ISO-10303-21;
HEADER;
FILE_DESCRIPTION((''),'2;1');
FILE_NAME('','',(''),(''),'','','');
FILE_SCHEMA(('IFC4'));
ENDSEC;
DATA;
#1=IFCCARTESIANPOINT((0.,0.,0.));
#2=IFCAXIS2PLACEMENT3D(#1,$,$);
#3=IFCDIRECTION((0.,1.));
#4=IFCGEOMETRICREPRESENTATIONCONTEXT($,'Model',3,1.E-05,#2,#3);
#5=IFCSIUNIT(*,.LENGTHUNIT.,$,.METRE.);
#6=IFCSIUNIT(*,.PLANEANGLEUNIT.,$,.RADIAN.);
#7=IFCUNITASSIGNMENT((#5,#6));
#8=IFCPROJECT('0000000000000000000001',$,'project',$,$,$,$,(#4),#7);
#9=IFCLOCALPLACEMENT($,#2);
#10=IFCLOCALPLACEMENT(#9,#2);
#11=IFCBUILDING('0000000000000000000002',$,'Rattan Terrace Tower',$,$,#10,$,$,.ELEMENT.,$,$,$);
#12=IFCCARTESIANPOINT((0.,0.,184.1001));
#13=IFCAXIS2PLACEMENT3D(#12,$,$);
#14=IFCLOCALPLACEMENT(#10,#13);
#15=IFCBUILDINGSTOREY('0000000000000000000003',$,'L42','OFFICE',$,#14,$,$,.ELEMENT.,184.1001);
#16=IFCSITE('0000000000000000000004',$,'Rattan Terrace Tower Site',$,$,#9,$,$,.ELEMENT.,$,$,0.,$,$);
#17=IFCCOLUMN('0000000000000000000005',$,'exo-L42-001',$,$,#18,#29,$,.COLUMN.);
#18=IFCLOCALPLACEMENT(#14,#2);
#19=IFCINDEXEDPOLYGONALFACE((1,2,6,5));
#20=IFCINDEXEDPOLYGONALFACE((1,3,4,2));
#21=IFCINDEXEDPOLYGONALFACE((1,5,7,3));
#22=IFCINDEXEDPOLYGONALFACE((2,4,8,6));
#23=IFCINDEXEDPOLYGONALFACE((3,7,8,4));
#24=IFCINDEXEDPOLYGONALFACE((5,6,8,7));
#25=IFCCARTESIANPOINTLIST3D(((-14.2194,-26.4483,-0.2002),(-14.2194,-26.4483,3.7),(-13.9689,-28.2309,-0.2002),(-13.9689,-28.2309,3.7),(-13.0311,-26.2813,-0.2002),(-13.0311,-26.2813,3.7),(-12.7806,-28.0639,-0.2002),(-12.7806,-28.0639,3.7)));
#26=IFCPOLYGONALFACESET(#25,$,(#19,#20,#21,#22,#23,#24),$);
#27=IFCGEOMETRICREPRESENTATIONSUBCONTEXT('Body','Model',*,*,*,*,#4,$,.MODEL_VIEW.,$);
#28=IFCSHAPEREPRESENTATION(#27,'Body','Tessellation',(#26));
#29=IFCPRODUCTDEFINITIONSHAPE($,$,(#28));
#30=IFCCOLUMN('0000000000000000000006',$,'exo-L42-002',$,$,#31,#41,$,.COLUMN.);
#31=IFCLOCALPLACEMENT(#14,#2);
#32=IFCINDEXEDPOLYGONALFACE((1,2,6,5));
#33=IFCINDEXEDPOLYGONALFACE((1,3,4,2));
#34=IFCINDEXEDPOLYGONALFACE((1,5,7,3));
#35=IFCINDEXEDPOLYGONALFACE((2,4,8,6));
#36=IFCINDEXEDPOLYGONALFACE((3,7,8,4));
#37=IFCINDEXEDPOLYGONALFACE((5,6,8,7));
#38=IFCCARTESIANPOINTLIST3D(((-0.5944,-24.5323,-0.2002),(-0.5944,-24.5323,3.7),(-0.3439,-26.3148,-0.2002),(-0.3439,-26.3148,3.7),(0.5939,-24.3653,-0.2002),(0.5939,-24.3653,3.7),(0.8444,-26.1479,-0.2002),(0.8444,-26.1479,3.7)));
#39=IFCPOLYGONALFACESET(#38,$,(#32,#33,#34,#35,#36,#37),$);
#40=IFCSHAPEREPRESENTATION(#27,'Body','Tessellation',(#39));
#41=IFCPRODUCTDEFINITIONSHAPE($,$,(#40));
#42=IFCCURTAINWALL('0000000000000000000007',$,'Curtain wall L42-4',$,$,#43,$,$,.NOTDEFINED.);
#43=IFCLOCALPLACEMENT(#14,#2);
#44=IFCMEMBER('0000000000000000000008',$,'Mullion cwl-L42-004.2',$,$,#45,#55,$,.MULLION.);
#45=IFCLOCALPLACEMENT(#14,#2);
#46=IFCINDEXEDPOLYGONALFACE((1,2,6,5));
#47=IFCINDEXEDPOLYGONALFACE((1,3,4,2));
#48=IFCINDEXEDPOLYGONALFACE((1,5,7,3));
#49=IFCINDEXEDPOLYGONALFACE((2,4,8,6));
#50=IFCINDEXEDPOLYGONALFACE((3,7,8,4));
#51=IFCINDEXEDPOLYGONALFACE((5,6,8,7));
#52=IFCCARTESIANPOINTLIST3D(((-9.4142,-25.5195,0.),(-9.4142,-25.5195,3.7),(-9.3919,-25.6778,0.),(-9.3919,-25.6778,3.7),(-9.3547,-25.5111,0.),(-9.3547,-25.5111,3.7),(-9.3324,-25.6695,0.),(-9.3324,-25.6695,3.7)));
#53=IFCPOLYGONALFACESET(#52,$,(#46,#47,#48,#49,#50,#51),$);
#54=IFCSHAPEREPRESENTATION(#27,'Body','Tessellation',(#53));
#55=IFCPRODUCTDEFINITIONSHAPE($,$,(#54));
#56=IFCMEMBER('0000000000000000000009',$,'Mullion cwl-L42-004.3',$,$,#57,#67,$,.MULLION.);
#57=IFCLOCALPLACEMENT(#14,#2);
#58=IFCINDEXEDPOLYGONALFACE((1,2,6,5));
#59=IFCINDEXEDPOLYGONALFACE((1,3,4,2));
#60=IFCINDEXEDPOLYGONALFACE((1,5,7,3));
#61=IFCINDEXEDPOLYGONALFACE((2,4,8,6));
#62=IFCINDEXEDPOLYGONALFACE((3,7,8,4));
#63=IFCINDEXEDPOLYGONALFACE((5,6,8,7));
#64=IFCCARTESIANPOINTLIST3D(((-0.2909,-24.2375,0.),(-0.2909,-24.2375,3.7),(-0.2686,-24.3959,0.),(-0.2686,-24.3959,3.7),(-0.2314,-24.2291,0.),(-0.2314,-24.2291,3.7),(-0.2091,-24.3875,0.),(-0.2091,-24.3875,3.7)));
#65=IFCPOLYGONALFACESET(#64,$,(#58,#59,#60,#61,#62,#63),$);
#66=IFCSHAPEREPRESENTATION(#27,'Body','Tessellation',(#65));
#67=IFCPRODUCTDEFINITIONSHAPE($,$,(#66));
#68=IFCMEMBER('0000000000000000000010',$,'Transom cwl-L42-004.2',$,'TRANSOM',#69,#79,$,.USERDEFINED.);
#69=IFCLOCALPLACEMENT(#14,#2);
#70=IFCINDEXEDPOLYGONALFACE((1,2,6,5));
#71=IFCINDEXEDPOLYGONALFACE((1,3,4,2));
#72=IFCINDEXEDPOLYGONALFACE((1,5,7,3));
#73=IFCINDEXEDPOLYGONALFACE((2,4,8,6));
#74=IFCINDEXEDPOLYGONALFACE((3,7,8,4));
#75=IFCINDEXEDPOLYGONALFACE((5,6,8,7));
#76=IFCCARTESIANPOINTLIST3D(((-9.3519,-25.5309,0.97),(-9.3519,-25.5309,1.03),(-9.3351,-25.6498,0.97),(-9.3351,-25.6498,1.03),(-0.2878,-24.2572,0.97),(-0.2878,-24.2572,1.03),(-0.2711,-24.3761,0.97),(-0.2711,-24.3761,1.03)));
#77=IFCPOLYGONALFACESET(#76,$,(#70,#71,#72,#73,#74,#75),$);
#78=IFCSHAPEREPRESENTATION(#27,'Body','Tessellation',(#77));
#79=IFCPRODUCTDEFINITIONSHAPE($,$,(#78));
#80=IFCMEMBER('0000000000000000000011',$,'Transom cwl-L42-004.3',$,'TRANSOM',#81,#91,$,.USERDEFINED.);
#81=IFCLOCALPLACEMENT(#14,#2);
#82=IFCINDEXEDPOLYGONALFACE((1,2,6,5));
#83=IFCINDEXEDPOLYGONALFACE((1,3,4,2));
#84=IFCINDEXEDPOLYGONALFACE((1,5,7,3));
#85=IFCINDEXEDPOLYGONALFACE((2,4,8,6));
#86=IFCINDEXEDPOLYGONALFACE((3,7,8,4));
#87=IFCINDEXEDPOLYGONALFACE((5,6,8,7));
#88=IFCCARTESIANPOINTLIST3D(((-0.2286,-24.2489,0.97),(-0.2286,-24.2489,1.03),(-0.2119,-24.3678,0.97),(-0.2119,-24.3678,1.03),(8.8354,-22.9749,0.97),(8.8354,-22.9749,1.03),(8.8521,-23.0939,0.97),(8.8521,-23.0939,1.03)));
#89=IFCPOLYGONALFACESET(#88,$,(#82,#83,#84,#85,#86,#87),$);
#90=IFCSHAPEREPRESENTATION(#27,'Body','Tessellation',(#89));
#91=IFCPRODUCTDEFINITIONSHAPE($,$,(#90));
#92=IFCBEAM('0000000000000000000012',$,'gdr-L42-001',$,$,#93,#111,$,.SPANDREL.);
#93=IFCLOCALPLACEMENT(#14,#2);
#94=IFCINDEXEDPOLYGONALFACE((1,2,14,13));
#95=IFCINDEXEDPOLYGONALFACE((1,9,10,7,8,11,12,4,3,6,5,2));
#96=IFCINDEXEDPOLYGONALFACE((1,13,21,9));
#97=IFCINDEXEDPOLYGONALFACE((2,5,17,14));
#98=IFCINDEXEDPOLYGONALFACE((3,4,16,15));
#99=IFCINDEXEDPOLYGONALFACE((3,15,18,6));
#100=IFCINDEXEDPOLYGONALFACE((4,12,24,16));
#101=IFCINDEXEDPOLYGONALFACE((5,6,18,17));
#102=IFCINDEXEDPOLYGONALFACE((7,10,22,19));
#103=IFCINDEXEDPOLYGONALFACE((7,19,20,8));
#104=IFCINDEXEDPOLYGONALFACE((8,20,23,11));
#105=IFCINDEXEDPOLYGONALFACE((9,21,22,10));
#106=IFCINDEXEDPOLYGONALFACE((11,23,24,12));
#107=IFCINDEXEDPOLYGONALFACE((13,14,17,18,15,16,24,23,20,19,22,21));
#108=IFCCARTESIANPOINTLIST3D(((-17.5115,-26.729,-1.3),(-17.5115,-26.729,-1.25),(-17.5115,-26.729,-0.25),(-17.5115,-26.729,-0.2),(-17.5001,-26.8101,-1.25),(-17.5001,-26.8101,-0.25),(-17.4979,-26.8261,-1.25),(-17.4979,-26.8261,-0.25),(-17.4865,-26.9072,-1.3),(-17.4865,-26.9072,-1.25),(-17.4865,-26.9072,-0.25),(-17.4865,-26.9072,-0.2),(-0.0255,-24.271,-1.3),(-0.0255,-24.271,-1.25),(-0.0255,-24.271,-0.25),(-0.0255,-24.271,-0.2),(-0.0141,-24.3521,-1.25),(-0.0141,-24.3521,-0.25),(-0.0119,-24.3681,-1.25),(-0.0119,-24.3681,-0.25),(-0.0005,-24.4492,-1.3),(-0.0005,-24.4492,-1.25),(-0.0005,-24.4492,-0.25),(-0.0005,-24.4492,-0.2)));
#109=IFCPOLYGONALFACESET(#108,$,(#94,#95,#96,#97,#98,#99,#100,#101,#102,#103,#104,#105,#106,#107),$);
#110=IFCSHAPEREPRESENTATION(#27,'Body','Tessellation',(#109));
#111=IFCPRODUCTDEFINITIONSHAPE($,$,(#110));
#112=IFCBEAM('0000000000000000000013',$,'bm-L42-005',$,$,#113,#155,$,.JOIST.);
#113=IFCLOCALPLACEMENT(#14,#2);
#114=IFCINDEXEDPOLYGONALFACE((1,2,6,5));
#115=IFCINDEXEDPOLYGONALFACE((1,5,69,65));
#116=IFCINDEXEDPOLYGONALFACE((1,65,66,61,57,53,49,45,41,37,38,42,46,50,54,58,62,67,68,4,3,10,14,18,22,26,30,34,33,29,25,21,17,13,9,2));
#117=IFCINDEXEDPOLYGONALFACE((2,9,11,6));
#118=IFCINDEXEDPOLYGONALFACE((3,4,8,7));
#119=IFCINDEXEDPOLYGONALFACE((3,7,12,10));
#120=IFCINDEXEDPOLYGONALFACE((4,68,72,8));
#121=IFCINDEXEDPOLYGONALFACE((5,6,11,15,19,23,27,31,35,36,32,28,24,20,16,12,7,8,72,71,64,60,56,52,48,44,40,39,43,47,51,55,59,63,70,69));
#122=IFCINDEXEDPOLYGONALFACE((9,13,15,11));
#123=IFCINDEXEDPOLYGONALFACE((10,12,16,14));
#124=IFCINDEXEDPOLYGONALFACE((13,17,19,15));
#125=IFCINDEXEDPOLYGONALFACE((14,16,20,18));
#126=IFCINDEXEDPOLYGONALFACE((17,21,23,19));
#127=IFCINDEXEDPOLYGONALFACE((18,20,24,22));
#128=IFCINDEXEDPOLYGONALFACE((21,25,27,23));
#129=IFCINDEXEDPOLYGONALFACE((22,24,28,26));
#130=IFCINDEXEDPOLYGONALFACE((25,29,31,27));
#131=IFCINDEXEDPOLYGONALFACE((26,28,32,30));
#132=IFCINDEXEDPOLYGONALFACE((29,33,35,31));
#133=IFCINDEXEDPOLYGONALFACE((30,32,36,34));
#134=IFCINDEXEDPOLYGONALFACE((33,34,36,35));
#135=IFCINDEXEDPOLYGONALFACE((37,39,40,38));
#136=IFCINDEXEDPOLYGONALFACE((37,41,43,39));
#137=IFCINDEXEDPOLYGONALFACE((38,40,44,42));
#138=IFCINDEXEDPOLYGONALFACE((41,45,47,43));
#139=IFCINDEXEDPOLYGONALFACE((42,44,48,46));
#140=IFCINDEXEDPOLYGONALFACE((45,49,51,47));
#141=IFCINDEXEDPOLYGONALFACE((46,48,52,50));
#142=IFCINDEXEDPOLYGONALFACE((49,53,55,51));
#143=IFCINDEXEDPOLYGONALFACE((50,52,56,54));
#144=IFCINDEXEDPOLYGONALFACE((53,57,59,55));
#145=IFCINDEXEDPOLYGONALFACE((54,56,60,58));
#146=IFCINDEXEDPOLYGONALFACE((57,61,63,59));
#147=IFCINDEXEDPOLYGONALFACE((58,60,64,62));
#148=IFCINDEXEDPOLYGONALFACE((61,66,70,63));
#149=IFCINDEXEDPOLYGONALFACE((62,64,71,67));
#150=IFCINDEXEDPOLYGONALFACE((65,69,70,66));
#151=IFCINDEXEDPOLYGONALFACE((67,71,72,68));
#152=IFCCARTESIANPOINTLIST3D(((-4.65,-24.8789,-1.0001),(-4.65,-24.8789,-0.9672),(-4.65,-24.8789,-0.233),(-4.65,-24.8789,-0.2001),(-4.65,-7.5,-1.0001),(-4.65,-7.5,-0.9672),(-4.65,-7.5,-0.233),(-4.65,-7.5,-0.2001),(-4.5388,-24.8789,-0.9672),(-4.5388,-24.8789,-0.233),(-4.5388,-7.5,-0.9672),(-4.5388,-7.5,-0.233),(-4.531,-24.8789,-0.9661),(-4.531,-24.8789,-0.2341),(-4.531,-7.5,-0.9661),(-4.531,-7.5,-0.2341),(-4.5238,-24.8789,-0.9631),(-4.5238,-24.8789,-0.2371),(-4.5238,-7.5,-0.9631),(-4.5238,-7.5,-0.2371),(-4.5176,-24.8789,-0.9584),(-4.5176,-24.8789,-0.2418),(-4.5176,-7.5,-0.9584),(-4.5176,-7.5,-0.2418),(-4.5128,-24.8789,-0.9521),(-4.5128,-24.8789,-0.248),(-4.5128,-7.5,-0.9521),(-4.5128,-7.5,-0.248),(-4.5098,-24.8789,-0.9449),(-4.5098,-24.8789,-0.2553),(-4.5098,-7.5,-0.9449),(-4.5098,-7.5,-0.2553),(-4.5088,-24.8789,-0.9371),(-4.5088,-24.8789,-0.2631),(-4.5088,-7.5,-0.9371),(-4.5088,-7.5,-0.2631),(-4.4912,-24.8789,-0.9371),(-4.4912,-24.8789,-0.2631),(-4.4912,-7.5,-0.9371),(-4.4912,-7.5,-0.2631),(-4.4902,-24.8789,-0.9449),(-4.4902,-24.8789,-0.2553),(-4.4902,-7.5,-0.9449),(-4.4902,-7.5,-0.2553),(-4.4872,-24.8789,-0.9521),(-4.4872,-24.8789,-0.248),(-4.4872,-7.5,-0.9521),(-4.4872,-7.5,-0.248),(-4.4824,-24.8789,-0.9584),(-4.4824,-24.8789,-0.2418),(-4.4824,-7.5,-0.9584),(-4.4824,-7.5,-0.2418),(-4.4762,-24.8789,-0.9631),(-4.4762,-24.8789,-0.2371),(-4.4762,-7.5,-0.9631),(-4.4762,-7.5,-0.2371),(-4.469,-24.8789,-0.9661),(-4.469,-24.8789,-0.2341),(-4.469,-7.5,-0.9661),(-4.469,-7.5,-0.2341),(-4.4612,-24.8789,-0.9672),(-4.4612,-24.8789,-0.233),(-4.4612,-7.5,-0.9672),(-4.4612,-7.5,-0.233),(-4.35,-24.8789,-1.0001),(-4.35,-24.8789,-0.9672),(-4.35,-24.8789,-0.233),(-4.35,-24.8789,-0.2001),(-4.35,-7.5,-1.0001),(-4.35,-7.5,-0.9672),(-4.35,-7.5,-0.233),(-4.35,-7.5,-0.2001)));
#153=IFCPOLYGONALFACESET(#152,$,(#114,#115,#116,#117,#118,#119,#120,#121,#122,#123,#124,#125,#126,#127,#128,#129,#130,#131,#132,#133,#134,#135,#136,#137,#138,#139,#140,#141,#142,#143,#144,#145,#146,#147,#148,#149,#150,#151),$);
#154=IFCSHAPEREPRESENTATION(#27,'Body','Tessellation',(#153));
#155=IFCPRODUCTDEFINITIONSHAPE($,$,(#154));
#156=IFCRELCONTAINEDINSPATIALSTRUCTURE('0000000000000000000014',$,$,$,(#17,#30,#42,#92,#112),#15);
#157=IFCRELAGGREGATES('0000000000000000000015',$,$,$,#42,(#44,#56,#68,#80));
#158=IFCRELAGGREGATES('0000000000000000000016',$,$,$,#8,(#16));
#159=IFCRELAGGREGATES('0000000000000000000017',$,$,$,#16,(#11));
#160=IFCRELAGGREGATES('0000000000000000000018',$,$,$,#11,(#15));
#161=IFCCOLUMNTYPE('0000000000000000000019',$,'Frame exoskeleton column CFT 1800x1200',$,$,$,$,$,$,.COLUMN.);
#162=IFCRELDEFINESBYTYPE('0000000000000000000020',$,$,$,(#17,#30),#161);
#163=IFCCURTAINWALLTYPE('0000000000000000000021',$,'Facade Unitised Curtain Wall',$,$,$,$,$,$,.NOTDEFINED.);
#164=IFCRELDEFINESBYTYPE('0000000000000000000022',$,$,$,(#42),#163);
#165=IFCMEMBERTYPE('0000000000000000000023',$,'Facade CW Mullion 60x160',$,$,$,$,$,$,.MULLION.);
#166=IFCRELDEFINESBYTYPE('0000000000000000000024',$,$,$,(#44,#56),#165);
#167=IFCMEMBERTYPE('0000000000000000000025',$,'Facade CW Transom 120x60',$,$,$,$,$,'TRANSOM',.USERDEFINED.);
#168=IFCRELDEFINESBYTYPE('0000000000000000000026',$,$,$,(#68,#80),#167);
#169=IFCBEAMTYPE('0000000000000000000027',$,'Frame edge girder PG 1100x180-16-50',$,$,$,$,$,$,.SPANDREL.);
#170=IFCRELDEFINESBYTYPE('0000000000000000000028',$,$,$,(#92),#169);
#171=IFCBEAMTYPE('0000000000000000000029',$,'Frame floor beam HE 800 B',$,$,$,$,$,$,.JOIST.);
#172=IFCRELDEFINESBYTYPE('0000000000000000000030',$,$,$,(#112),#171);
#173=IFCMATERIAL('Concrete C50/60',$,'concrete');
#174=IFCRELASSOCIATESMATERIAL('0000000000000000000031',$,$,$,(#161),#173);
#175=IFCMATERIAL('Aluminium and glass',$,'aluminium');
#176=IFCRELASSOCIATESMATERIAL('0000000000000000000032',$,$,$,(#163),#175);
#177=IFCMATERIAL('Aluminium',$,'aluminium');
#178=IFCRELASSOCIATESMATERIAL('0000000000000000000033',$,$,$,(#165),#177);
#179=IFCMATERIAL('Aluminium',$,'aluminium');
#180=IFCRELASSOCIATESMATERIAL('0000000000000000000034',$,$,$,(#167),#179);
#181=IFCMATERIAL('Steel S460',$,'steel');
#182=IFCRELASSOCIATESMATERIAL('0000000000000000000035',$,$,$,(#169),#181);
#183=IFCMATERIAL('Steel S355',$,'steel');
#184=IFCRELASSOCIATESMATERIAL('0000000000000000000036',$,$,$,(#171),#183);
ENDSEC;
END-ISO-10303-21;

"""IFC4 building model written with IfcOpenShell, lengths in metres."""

from ifc_helpers import new_model, si_unit, direction, frame, origin, origin_2d, place, context, subcontext, project, spatial, rectangle, i_section, extrude, material, material_profile, profile_set, type_object, element, aggregate, save


model = new_model("IFC4")

# Units and contexts
model_context = context("Model", 3, precision=1e-05, world=origin(), true_north=direction((0.0, 1.0)))
body_context = subcontext(model_context, "Body", "Model", "MODEL_VIEW")
ifc_project = project(units=[si_unit("LENGTHUNIT", "METRE"), si_unit("PLANEANGLEUNIT", "RADIAN")], contexts=[model_context])

# Site, building, storey
site_placement = place(None, origin())
site = spatial("IfcSite", under=ifc_project, at=site_placement, Name="Rattan Terrace Tower Site", CompositionType="ELEMENT", RefElevation=0.0)
building_placement = place(site_placement, origin())
building = spatial("IfcBuilding", under=site, at=building_placement, Name="Rattan Terrace Tower", CompositionType="ELEMENT")
storey_placement = place(building_placement, frame((0.0, 0.0, 184.1001)))
storey = spatial("IfcBuildingStorey", under=building, at=storey_placement, Name="L42", Description="OFFICE", CompositionType="ELEMENT", Elevation=184.1001)

# Columns
ifc_material_1 = material(Name="Concrete C50/60", Category="concrete")
ifc_material_profile_1 = material_profile(ifc_material_1, rectangle(XDim=1.2, YDim=1.8, at=origin_2d()), Name="CFT 1800x1200")
ifc_profile_set_1 = profile_set([ifc_material_profile_1], Name="Concrete C50/60")
column_type = type_object("IfcColumnType", Name="Frame exoskeleton column CFT 1800x1200", PredefinedType="COLUMN", material=ifc_profile_set_1)
for number, where, z_axis, x_axis, name in (
    (1, (-13.5, -27.2561, -0.2002), (0.0, 0.0, 1.0), (0.99027, 0.139156, 0.0), "exo-L42-001"),
    (2, (0.125, -25.3401, -0.2002), (0.0, 0.0, 1.0), (0.99027, 0.139156, 0.0), "exo-L42-002"),
):
    element("IfcColumn", number, at=place(storey_placement, frame(where, z_axis=z_axis, x_axis=x_axis)), inside=storey, type_object=column_type, Name=name, PredefinedType="COLUMN", context=body_context, shape_type="SweptSolid", body=[
        extrude(rectangle(XDim=1.2, YDim=1.8, at=origin_2d()), origin(), (0.0, 0.0, 1.0), 3.9001),
    ])

# Curtain wall, members
ifc_material_2 = material(Name="Aluminium and glass", Category="aluminium")
curtain_wall_type = type_object("IfcCurtainWallType", Name="Facade Unitised Curtain Wall", PredefinedType="NOTDEFINED", material=ifc_material_2)
curtain_wall_placement = place(storey_placement, origin())
curtain_wall = element("IfcCurtainWall", 3, at=curtain_wall_placement, inside=storey, type_object=curtain_wall_type, Name="Curtain wall L42-4", PredefinedType="NOTDEFINED")
ifc_material_3 = material(Name="Aluminium", Category="aluminium")
ifc_material_profile_2 = material_profile(ifc_material_3, rectangle(XDim=0.0601, YDim=0.1599, at=origin_2d()), Name="Aluminium 60x160")
ifc_profile_set_2 = profile_set([ifc_material_profile_2], Name="Aluminium")
member_type_1 = type_object("IfcMemberType", Name="Facade CW Mullion 60x160", PredefinedType="MULLION", material=ifc_profile_set_2)
member_1_placement = place(storey_placement, frame((-9.3733, -25.5945, 0.0), z_axis=(0.0, 0.0, 1.0), x_axis=(0.99027, 0.139161, 0.0)))
member_1 = element("IfcMember", 4, at=member_1_placement, type_object=member_type_1, Name="Mullion cwl-L42-004.2", PredefinedType="MULLION", context=body_context, shape_type="SweptSolid", body=[
    extrude(rectangle(XDim=0.0601, YDim=0.1599, at=origin_2d()), origin(), (0.0, 0.0, 1.0), 3.7),
])
member_2_placement = place(storey_placement, frame((-0.25, -24.3125, 0.0), z_axis=(0.0, 0.0, 1.0), x_axis=(0.99027, 0.139161, 0.0)))
member_2 = element("IfcMember", 5, at=member_2_placement, type_object=member_type_1, Name="Mullion cwl-L42-004.3", PredefinedType="MULLION", context=body_context, shape_type="SweptSolid", body=[
    extrude(rectangle(XDim=0.0601, YDim=0.1599, at=origin_2d()), origin(), (0.0, 0.0, 1.0), 3.7),
])
ifc_material_4 = material(Name="Aluminium", Category="aluminium")
ifc_material_profile_3 = material_profile(ifc_material_4, rectangle(XDim=0.1201, YDim=0.0601, at=origin_2d()), Name="Aluminium 120x60")
ifc_profile_set_3 = profile_set([ifc_material_profile_3], Name="Aluminium")
member_type_2 = type_object("IfcMemberType", Name="Facade CW Transom 120x60", ElementType="TRANSOM", PredefinedType="USERDEFINED", material=ifc_profile_set_3)
member_3_placement = place(storey_placement, frame((-9.3435, -25.5903, 1.0), z_axis=(0.990271, 0.139154, 0.0), x_axis=(-0.139154, 0.990271, 0.0)))
member_3 = element("IfcMember", 6, at=member_3_placement, type_object=member_type_2, Name="Transom cwl-L42-004.2", ObjectType="TRANSOM", PredefinedType="USERDEFINED", context=body_context, shape_type="SweptSolid", body=[
    extrude(rectangle(XDim=0.1201, YDim=0.0601, at=origin_2d()), origin(), (0.0, 0.0, 1.0), 9.1531),
])
member_4_placement = place(storey_placement, frame((-0.2202, -24.3083, 1.0), z_axis=(0.990267, 0.13918, 0.0), x_axis=(-0.13918, 0.990267, 0.0)))
member_4 = element("IfcMember", 7, at=member_4_placement, type_object=member_type_2, Name="Transom cwl-L42-004.3", ObjectType="TRANSOM", PredefinedType="USERDEFINED", context=body_context, shape_type="SweptSolid", body=[
    extrude(rectangle(XDim=0.1201, YDim=0.0601, at=origin_2d()), origin(), (0.0, 0.0, 1.0), 9.1531),
])

# Beams
ifc_material_5 = material(Name="Steel S460", Category="steel")
ifc_material_profile_4 = material_profile(ifc_material_5, i_section(OverallWidth=0.1799, OverallDepth=1.1001, WebThickness=0.0161, FlangeThickness=0.05, at=origin_2d()), Name="PG 1100x180-16-50")
ifc_profile_set_4 = profile_set([ifc_material_profile_4], Name="Steel S460")
beam_type_1 = type_object("IfcBeamType", Name="Frame edge girder PG 1100x180-16-50", PredefinedType="SPANDREL", material=ifc_profile_set_4)
beam_1_placement = place(storey_placement, frame((-17.499, -26.8181, -0.75), z_axis=(0.990264, 0.139201, 0.0), x_axis=(-0.139201, 0.990264, 0.0)))
element("IfcBeam", 8, at=beam_1_placement, inside=storey, type_object=beam_type_1, Name="gdr-L42-001", PredefinedType="SPANDREL", context=body_context, shape_type="SweptSolid", body=[
    extrude(i_section(OverallWidth=0.1799, OverallDepth=1.1001, WebThickness=0.0161, FlangeThickness=0.05, at=origin_2d()), origin(), (0.0, 0.0, 1.0), 17.658),
])
ifc_material_6 = material(Name="Steel S355", Category="steel")
ifc_material_profile_5 = material_profile(ifc_material_6, i_section(OverallWidth=0.3, OverallDepth=0.8, WebThickness=0.0176, FlangeThickness=0.033, FilletRadius=0.03, at=origin_2d()), Name="HE 800 B")
ifc_profile_set_5 = profile_set([ifc_material_profile_5], Name="Steel S355")
beam_type_2 = type_object("IfcBeamType", Name="Frame floor beam HE 800 B", PredefinedType="JOIST", material=ifc_profile_set_5)
beam_2_placement = place(storey_placement, frame((-4.5, -24.8789, -0.6001), z_axis=(0.0, 1.0, 0.0), x_axis=(-1.0, 0.0, 0.0)))
element("IfcBeam", 9, at=beam_2_placement, inside=storey, type_object=beam_type_2, Name="bm-L42-005", PredefinedType="JOIST", context=body_context, shape_type="SweptSolid", body=[
    extrude(i_section(OverallWidth=0.3, OverallDepth=0.8, WebThickness=0.0176, FlangeThickness=0.033, FilletRadius=0.03, at=origin_2d()), origin(), (0.0, 0.0, 1.0), 17.3789),
])

aggregate(curtain_wall, [member_1, member_2, member_3, member_4])

save(model, "model.ifc")
